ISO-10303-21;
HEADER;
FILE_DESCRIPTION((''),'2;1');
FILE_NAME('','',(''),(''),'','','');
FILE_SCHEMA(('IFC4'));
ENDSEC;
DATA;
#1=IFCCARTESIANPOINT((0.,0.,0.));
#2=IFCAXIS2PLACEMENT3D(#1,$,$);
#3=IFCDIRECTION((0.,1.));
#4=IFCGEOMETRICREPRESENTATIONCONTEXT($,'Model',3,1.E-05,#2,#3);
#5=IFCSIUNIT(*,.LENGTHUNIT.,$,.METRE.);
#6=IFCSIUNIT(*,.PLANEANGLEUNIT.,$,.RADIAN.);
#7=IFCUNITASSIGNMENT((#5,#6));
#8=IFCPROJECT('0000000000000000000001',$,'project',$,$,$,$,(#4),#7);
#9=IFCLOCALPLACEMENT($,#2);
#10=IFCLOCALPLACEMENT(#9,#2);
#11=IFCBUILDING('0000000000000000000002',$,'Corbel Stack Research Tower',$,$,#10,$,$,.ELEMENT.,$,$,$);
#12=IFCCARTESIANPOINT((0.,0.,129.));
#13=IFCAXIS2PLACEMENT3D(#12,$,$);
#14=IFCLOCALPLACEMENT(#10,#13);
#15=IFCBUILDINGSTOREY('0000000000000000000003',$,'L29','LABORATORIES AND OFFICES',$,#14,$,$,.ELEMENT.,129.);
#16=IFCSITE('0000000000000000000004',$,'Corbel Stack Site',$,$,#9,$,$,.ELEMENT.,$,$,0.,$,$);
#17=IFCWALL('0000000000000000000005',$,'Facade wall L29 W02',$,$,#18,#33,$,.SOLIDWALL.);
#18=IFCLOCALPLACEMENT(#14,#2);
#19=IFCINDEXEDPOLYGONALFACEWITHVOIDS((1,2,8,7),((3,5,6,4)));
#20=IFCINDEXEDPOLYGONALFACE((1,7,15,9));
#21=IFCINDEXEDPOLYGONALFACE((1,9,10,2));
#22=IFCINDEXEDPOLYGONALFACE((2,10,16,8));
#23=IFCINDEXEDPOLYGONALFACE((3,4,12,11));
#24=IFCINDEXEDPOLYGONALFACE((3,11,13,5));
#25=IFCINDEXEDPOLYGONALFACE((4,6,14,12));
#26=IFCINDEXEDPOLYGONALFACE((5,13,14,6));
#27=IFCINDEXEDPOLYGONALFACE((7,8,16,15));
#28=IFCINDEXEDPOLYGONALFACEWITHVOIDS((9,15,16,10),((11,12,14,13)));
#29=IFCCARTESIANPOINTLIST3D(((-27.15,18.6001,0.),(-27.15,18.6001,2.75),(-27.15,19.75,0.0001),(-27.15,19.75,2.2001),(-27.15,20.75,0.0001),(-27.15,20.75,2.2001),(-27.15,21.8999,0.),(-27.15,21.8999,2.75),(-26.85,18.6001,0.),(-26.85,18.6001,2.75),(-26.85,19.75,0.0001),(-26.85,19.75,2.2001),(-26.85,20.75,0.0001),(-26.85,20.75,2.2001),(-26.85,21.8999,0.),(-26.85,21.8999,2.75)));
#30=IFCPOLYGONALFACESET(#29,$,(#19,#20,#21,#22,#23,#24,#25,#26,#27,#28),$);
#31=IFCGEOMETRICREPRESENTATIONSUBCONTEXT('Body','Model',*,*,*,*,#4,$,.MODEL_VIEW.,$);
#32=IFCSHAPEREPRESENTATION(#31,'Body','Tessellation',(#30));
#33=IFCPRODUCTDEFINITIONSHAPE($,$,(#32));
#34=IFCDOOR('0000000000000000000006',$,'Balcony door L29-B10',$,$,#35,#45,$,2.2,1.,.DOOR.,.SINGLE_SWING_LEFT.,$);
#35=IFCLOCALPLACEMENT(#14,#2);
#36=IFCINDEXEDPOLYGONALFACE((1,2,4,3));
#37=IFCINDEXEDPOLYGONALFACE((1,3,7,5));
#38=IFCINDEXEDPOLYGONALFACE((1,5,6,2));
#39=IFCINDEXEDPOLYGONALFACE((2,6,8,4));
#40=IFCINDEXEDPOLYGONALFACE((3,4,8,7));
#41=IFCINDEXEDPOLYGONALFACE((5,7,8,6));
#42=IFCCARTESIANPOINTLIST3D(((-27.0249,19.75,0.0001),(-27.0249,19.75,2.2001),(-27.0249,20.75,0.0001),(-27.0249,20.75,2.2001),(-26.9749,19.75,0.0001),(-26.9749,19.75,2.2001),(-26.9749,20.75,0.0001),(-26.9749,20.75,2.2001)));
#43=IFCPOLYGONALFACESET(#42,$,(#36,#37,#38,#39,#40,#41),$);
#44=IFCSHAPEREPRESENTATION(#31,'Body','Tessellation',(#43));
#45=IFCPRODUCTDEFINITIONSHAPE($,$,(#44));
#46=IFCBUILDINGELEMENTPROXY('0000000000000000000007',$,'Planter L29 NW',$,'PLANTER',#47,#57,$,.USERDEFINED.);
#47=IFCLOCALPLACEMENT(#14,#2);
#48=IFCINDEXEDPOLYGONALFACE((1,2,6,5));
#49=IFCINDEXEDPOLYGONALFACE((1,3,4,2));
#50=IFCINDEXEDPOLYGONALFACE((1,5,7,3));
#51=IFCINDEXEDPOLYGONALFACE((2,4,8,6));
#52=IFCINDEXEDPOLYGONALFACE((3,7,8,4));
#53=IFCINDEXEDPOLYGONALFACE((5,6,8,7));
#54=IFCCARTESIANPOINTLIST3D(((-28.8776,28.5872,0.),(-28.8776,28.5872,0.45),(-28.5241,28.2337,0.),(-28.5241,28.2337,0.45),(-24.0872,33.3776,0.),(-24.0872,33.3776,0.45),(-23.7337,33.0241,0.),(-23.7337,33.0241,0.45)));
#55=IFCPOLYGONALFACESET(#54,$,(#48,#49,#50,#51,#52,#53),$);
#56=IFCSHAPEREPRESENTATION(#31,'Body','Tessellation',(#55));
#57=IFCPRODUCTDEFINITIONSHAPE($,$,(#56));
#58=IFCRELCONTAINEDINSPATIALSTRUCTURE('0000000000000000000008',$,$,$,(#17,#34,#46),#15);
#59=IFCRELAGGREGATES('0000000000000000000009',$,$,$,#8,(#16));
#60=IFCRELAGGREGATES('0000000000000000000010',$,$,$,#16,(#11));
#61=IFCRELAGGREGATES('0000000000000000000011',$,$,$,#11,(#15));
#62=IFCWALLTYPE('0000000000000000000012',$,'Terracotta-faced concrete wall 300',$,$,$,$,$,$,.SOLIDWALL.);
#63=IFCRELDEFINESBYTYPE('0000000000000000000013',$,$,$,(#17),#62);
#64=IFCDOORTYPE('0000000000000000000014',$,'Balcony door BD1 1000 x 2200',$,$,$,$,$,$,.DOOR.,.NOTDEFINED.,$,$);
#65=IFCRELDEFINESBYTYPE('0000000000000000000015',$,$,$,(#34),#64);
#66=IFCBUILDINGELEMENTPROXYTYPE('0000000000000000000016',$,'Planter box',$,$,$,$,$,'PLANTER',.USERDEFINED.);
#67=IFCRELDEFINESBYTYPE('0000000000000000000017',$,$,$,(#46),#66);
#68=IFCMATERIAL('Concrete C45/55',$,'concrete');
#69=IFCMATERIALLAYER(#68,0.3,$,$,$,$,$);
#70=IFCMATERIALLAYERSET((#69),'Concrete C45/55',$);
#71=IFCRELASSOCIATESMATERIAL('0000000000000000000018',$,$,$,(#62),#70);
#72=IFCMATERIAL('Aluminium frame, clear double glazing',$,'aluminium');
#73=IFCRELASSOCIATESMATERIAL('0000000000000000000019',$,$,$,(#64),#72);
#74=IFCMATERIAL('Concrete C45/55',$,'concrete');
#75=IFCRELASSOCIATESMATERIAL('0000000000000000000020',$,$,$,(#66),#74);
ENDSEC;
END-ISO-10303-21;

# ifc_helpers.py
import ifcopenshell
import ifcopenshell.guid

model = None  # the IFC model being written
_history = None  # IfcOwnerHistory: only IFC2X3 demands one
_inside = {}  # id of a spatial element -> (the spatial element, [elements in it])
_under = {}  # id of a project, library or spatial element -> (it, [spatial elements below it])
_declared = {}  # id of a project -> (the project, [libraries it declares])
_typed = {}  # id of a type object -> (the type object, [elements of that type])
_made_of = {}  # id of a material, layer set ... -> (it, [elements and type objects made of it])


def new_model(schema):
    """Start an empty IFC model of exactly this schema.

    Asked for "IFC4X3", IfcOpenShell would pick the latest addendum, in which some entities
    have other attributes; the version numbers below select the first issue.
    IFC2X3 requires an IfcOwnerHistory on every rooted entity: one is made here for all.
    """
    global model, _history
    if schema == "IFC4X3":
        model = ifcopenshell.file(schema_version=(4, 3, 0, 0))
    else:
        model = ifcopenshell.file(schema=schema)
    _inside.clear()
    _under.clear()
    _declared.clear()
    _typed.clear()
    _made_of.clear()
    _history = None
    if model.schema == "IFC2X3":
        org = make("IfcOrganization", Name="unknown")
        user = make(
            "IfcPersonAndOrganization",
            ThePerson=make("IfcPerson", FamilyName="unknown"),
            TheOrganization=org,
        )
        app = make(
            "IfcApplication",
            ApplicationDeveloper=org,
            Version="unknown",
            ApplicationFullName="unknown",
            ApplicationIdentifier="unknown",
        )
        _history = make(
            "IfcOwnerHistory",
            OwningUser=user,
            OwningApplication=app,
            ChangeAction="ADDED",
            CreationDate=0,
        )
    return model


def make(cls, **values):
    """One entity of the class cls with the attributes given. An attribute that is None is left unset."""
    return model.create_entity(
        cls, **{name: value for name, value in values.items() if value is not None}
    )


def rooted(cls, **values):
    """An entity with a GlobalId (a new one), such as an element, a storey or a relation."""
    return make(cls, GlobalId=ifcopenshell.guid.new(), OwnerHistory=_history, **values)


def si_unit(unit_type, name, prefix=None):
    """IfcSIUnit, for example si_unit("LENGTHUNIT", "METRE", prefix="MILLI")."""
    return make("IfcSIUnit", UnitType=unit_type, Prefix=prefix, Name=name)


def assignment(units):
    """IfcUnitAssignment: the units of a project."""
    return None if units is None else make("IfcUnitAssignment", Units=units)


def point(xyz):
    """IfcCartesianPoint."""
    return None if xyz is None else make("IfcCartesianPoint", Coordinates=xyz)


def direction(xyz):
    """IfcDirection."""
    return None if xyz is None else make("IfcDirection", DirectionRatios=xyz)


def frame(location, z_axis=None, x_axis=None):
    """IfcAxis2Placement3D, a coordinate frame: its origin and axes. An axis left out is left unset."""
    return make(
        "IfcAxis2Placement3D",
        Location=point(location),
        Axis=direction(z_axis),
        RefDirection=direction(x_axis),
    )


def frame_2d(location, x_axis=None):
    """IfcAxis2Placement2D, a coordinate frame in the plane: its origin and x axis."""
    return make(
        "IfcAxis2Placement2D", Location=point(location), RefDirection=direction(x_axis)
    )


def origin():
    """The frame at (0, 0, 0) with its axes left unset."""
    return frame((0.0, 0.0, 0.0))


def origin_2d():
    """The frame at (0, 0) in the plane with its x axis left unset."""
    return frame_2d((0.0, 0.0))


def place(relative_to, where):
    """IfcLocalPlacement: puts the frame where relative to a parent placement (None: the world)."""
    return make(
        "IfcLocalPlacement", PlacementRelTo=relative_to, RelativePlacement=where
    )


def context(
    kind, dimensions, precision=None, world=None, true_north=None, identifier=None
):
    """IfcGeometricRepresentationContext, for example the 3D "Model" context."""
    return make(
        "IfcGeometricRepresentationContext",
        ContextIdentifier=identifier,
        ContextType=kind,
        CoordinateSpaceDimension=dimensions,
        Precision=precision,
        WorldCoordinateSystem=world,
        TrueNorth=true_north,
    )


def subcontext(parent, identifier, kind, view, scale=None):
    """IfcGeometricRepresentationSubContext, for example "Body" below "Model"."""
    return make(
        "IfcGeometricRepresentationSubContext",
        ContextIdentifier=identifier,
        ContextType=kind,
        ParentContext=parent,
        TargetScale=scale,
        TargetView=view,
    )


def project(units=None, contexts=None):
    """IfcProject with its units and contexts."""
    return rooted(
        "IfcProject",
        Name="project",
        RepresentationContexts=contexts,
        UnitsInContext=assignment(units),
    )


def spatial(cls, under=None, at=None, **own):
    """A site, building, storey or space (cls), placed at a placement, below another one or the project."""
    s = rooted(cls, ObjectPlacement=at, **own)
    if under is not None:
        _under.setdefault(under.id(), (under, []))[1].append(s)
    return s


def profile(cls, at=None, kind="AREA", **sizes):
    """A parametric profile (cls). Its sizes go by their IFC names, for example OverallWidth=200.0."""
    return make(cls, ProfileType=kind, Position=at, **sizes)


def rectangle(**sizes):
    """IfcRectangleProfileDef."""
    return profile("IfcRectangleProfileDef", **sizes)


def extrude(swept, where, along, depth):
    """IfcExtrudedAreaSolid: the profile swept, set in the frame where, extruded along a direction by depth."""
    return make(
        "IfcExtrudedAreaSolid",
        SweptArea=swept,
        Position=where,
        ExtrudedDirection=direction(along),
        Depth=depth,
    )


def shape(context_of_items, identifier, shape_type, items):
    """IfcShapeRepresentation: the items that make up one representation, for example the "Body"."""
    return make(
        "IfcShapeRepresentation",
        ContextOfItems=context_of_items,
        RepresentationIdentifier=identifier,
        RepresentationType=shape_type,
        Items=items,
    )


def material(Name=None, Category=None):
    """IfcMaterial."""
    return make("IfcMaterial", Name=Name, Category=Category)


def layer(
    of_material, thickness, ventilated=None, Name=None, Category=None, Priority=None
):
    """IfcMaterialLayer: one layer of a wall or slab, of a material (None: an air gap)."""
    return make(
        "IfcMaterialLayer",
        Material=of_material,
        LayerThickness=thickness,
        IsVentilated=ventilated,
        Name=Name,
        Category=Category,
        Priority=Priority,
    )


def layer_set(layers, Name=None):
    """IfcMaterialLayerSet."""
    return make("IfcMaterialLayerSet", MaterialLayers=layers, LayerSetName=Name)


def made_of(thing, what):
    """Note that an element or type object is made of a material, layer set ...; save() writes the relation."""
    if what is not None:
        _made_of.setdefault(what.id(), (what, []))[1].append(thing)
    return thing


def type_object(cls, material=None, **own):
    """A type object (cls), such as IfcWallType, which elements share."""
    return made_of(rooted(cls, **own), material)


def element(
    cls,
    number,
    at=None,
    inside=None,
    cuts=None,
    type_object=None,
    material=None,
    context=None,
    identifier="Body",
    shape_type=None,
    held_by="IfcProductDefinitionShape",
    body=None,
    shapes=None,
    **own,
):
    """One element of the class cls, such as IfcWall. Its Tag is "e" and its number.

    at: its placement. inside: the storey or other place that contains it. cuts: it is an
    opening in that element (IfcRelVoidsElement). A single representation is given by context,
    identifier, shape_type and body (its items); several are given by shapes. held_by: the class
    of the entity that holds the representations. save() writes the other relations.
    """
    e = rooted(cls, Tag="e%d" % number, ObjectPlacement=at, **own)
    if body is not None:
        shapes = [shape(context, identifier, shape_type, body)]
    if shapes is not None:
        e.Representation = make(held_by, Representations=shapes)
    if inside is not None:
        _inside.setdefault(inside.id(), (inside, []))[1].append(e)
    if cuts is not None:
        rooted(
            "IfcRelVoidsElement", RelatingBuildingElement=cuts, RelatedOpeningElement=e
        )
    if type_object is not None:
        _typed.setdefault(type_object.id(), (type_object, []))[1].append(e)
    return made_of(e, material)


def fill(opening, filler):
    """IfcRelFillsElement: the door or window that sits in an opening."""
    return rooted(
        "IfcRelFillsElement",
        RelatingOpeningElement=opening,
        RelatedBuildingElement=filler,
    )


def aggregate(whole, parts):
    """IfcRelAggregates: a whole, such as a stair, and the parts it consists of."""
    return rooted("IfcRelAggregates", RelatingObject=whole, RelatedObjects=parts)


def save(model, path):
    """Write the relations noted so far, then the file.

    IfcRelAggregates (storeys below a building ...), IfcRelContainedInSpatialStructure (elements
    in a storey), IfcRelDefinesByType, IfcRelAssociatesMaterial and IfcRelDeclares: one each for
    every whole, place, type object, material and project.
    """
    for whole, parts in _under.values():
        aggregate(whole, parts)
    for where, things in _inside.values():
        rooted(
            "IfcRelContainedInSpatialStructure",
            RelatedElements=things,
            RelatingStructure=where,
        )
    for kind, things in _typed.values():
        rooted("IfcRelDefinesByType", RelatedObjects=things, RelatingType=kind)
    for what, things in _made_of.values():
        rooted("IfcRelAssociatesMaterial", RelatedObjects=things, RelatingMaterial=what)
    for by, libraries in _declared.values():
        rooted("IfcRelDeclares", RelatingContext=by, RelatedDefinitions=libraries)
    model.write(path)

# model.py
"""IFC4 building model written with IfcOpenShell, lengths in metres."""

from ifc_helpers import new_model, si_unit, direction, frame, frame_2d, origin, origin_2d, place, context, subcontext, project, spatial, rectangle, extrude, material, layer, layer_set, type_object, element, fill, save


model = new_model("IFC4")

# Units and contexts
model_context = context("Model", 3, precision=1e-05, world=origin(), true_north=direction((0.0, 1.0)))
body_context = subcontext(model_context, "Body", "Model", "MODEL_VIEW")
ifc_project = project(units=[si_unit("LENGTHUNIT", "METRE"), si_unit("PLANEANGLEUNIT", "RADIAN")], contexts=[model_context])

# Site, building, storey
site_placement = place(None, origin())
site = spatial("IfcSite", under=ifc_project, at=site_placement, Name="Corbel Stack Site", CompositionType="ELEMENT", RefElevation=0.0)
building_placement = place(site_placement, origin())
building = spatial("IfcBuilding", under=site, at=building_placement, Name="Corbel Stack Research Tower", CompositionType="ELEMENT")
storey_placement = place(building_placement, frame((0.0, 0.0, 129.0)))
storey = spatial("IfcBuildingStorey", under=building, at=storey_placement, Name="L29", Description="LABORATORIES AND OFFICES", CompositionType="ELEMENT", Elevation=129.0)

# Shared definitions
ifc_material_1 = material(Name="Concrete C45/55", Category="concrete")
ifc_layer_1 = layer(ifc_material_1, 0.3)
ifc_layer_set_1 = layer_set([ifc_layer_1], Name="Concrete C45/55")
wall_type_1 = type_object("IfcWallType", Name="Terracotta-faced concrete wall 300", PredefinedType="SOLIDWALL", material=ifc_layer_set_1)

# Wall, opening, door
wall_1_placement = place(storey_placement, frame((-27.0, 18.6001, 0.0), z_axis=(0.0, 0.0, 1.0), x_axis=(0.0, 1.0, 0.0)))
wall_1 = element("IfcWall", 1, at=wall_1_placement, inside=storey, type_object=wall_type_1, Name="Facade wall L29 W02", PredefinedType="SOLIDWALL", context=body_context, shape_type="SweptSolid", body=[
    extrude(rectangle(XDim=3.2998, YDim=0.3, at=frame_2d((1.6499, 0.0))), origin(), (0.0, 0.0, 1.0), 2.75),
])
opening_1_placement = place(wall_1_placement, frame((1.1499, 0.0, 0.0)))
opening_1 = element("IfcOpeningElement", 2, at=opening_1_placement, cuts=wall_1, PredefinedType="OPENING", context=body_context, shape_type="SweptSolid", body=[
    extrude(rectangle(XDim=1.0, YDim=2.2, at=frame_2d((0.5, 1.1001))), frame((0.0, 0.1599, 0.0), z_axis=(0.0, -1.0, 0.0), x_axis=(1.0, 0.0, 0.0)), (0.0, 0.0, 1.0), 0.3201),
])
ifc_material_2 = material(Name="Aluminium frame, clear double glazing", Category="aluminium")
door_type_1 = type_object("IfcDoorType", Name="Balcony door BD1 1000 x 2200", OperationType="NOTDEFINED", PredefinedType="DOOR", material=ifc_material_2)
door_1_placement = place(opening_1_placement, origin())
door_1 = element("IfcDoor", 3, at=door_1_placement, inside=storey, type_object=door_type_1, Name="Balcony door L29-B10", OperationType="SINGLE_SWING_LEFT", OverallHeight=2.2, OverallWidth=1.0, PredefinedType="DOOR", context=body_context, shape_type="SweptSolid", body=[
    extrude(rectangle(XDim=1.0, YDim=2.2, at=frame_2d((0.5, 1.1001))), frame((0.0, 0.0249, 0.0), z_axis=(0.0, -1.0, 0.0), x_axis=(1.0, 0.0, 0.0)), (0.0, 0.0, 1.0), 0.05),
])
fill(opening_1, door_1)

# Building element proxy
ifc_material_3 = material(Name="Concrete C45/55", Category="concrete")
building_element_proxy_type = type_object("IfcBuildingElementProxyType", Name="Planter box", ElementType="PLANTER", PredefinedType="USERDEFINED", material=ifc_material_3)
proxy_placement = place(storey_placement, frame((-26.3057, 30.8057, 0.0), z_axis=(0.0, 0.0, 1.0), x_axis=(-0.707107, -0.707107, 0.0)))
element("IfcBuildingElementProxy", 4, at=proxy_placement, inside=storey, type_object=building_element_proxy_type, Name="Planter L29 NW", ObjectType="PLANTER", PredefinedType="USERDEFINED", context=body_context, shape_type="SweptSolid", body=[
    extrude(rectangle(XDim=6.7747, YDim=0.5, at=origin_2d()), origin(), (0.0, 0.0, 1.0), 0.45),
])

save(model, "model.ifc")
